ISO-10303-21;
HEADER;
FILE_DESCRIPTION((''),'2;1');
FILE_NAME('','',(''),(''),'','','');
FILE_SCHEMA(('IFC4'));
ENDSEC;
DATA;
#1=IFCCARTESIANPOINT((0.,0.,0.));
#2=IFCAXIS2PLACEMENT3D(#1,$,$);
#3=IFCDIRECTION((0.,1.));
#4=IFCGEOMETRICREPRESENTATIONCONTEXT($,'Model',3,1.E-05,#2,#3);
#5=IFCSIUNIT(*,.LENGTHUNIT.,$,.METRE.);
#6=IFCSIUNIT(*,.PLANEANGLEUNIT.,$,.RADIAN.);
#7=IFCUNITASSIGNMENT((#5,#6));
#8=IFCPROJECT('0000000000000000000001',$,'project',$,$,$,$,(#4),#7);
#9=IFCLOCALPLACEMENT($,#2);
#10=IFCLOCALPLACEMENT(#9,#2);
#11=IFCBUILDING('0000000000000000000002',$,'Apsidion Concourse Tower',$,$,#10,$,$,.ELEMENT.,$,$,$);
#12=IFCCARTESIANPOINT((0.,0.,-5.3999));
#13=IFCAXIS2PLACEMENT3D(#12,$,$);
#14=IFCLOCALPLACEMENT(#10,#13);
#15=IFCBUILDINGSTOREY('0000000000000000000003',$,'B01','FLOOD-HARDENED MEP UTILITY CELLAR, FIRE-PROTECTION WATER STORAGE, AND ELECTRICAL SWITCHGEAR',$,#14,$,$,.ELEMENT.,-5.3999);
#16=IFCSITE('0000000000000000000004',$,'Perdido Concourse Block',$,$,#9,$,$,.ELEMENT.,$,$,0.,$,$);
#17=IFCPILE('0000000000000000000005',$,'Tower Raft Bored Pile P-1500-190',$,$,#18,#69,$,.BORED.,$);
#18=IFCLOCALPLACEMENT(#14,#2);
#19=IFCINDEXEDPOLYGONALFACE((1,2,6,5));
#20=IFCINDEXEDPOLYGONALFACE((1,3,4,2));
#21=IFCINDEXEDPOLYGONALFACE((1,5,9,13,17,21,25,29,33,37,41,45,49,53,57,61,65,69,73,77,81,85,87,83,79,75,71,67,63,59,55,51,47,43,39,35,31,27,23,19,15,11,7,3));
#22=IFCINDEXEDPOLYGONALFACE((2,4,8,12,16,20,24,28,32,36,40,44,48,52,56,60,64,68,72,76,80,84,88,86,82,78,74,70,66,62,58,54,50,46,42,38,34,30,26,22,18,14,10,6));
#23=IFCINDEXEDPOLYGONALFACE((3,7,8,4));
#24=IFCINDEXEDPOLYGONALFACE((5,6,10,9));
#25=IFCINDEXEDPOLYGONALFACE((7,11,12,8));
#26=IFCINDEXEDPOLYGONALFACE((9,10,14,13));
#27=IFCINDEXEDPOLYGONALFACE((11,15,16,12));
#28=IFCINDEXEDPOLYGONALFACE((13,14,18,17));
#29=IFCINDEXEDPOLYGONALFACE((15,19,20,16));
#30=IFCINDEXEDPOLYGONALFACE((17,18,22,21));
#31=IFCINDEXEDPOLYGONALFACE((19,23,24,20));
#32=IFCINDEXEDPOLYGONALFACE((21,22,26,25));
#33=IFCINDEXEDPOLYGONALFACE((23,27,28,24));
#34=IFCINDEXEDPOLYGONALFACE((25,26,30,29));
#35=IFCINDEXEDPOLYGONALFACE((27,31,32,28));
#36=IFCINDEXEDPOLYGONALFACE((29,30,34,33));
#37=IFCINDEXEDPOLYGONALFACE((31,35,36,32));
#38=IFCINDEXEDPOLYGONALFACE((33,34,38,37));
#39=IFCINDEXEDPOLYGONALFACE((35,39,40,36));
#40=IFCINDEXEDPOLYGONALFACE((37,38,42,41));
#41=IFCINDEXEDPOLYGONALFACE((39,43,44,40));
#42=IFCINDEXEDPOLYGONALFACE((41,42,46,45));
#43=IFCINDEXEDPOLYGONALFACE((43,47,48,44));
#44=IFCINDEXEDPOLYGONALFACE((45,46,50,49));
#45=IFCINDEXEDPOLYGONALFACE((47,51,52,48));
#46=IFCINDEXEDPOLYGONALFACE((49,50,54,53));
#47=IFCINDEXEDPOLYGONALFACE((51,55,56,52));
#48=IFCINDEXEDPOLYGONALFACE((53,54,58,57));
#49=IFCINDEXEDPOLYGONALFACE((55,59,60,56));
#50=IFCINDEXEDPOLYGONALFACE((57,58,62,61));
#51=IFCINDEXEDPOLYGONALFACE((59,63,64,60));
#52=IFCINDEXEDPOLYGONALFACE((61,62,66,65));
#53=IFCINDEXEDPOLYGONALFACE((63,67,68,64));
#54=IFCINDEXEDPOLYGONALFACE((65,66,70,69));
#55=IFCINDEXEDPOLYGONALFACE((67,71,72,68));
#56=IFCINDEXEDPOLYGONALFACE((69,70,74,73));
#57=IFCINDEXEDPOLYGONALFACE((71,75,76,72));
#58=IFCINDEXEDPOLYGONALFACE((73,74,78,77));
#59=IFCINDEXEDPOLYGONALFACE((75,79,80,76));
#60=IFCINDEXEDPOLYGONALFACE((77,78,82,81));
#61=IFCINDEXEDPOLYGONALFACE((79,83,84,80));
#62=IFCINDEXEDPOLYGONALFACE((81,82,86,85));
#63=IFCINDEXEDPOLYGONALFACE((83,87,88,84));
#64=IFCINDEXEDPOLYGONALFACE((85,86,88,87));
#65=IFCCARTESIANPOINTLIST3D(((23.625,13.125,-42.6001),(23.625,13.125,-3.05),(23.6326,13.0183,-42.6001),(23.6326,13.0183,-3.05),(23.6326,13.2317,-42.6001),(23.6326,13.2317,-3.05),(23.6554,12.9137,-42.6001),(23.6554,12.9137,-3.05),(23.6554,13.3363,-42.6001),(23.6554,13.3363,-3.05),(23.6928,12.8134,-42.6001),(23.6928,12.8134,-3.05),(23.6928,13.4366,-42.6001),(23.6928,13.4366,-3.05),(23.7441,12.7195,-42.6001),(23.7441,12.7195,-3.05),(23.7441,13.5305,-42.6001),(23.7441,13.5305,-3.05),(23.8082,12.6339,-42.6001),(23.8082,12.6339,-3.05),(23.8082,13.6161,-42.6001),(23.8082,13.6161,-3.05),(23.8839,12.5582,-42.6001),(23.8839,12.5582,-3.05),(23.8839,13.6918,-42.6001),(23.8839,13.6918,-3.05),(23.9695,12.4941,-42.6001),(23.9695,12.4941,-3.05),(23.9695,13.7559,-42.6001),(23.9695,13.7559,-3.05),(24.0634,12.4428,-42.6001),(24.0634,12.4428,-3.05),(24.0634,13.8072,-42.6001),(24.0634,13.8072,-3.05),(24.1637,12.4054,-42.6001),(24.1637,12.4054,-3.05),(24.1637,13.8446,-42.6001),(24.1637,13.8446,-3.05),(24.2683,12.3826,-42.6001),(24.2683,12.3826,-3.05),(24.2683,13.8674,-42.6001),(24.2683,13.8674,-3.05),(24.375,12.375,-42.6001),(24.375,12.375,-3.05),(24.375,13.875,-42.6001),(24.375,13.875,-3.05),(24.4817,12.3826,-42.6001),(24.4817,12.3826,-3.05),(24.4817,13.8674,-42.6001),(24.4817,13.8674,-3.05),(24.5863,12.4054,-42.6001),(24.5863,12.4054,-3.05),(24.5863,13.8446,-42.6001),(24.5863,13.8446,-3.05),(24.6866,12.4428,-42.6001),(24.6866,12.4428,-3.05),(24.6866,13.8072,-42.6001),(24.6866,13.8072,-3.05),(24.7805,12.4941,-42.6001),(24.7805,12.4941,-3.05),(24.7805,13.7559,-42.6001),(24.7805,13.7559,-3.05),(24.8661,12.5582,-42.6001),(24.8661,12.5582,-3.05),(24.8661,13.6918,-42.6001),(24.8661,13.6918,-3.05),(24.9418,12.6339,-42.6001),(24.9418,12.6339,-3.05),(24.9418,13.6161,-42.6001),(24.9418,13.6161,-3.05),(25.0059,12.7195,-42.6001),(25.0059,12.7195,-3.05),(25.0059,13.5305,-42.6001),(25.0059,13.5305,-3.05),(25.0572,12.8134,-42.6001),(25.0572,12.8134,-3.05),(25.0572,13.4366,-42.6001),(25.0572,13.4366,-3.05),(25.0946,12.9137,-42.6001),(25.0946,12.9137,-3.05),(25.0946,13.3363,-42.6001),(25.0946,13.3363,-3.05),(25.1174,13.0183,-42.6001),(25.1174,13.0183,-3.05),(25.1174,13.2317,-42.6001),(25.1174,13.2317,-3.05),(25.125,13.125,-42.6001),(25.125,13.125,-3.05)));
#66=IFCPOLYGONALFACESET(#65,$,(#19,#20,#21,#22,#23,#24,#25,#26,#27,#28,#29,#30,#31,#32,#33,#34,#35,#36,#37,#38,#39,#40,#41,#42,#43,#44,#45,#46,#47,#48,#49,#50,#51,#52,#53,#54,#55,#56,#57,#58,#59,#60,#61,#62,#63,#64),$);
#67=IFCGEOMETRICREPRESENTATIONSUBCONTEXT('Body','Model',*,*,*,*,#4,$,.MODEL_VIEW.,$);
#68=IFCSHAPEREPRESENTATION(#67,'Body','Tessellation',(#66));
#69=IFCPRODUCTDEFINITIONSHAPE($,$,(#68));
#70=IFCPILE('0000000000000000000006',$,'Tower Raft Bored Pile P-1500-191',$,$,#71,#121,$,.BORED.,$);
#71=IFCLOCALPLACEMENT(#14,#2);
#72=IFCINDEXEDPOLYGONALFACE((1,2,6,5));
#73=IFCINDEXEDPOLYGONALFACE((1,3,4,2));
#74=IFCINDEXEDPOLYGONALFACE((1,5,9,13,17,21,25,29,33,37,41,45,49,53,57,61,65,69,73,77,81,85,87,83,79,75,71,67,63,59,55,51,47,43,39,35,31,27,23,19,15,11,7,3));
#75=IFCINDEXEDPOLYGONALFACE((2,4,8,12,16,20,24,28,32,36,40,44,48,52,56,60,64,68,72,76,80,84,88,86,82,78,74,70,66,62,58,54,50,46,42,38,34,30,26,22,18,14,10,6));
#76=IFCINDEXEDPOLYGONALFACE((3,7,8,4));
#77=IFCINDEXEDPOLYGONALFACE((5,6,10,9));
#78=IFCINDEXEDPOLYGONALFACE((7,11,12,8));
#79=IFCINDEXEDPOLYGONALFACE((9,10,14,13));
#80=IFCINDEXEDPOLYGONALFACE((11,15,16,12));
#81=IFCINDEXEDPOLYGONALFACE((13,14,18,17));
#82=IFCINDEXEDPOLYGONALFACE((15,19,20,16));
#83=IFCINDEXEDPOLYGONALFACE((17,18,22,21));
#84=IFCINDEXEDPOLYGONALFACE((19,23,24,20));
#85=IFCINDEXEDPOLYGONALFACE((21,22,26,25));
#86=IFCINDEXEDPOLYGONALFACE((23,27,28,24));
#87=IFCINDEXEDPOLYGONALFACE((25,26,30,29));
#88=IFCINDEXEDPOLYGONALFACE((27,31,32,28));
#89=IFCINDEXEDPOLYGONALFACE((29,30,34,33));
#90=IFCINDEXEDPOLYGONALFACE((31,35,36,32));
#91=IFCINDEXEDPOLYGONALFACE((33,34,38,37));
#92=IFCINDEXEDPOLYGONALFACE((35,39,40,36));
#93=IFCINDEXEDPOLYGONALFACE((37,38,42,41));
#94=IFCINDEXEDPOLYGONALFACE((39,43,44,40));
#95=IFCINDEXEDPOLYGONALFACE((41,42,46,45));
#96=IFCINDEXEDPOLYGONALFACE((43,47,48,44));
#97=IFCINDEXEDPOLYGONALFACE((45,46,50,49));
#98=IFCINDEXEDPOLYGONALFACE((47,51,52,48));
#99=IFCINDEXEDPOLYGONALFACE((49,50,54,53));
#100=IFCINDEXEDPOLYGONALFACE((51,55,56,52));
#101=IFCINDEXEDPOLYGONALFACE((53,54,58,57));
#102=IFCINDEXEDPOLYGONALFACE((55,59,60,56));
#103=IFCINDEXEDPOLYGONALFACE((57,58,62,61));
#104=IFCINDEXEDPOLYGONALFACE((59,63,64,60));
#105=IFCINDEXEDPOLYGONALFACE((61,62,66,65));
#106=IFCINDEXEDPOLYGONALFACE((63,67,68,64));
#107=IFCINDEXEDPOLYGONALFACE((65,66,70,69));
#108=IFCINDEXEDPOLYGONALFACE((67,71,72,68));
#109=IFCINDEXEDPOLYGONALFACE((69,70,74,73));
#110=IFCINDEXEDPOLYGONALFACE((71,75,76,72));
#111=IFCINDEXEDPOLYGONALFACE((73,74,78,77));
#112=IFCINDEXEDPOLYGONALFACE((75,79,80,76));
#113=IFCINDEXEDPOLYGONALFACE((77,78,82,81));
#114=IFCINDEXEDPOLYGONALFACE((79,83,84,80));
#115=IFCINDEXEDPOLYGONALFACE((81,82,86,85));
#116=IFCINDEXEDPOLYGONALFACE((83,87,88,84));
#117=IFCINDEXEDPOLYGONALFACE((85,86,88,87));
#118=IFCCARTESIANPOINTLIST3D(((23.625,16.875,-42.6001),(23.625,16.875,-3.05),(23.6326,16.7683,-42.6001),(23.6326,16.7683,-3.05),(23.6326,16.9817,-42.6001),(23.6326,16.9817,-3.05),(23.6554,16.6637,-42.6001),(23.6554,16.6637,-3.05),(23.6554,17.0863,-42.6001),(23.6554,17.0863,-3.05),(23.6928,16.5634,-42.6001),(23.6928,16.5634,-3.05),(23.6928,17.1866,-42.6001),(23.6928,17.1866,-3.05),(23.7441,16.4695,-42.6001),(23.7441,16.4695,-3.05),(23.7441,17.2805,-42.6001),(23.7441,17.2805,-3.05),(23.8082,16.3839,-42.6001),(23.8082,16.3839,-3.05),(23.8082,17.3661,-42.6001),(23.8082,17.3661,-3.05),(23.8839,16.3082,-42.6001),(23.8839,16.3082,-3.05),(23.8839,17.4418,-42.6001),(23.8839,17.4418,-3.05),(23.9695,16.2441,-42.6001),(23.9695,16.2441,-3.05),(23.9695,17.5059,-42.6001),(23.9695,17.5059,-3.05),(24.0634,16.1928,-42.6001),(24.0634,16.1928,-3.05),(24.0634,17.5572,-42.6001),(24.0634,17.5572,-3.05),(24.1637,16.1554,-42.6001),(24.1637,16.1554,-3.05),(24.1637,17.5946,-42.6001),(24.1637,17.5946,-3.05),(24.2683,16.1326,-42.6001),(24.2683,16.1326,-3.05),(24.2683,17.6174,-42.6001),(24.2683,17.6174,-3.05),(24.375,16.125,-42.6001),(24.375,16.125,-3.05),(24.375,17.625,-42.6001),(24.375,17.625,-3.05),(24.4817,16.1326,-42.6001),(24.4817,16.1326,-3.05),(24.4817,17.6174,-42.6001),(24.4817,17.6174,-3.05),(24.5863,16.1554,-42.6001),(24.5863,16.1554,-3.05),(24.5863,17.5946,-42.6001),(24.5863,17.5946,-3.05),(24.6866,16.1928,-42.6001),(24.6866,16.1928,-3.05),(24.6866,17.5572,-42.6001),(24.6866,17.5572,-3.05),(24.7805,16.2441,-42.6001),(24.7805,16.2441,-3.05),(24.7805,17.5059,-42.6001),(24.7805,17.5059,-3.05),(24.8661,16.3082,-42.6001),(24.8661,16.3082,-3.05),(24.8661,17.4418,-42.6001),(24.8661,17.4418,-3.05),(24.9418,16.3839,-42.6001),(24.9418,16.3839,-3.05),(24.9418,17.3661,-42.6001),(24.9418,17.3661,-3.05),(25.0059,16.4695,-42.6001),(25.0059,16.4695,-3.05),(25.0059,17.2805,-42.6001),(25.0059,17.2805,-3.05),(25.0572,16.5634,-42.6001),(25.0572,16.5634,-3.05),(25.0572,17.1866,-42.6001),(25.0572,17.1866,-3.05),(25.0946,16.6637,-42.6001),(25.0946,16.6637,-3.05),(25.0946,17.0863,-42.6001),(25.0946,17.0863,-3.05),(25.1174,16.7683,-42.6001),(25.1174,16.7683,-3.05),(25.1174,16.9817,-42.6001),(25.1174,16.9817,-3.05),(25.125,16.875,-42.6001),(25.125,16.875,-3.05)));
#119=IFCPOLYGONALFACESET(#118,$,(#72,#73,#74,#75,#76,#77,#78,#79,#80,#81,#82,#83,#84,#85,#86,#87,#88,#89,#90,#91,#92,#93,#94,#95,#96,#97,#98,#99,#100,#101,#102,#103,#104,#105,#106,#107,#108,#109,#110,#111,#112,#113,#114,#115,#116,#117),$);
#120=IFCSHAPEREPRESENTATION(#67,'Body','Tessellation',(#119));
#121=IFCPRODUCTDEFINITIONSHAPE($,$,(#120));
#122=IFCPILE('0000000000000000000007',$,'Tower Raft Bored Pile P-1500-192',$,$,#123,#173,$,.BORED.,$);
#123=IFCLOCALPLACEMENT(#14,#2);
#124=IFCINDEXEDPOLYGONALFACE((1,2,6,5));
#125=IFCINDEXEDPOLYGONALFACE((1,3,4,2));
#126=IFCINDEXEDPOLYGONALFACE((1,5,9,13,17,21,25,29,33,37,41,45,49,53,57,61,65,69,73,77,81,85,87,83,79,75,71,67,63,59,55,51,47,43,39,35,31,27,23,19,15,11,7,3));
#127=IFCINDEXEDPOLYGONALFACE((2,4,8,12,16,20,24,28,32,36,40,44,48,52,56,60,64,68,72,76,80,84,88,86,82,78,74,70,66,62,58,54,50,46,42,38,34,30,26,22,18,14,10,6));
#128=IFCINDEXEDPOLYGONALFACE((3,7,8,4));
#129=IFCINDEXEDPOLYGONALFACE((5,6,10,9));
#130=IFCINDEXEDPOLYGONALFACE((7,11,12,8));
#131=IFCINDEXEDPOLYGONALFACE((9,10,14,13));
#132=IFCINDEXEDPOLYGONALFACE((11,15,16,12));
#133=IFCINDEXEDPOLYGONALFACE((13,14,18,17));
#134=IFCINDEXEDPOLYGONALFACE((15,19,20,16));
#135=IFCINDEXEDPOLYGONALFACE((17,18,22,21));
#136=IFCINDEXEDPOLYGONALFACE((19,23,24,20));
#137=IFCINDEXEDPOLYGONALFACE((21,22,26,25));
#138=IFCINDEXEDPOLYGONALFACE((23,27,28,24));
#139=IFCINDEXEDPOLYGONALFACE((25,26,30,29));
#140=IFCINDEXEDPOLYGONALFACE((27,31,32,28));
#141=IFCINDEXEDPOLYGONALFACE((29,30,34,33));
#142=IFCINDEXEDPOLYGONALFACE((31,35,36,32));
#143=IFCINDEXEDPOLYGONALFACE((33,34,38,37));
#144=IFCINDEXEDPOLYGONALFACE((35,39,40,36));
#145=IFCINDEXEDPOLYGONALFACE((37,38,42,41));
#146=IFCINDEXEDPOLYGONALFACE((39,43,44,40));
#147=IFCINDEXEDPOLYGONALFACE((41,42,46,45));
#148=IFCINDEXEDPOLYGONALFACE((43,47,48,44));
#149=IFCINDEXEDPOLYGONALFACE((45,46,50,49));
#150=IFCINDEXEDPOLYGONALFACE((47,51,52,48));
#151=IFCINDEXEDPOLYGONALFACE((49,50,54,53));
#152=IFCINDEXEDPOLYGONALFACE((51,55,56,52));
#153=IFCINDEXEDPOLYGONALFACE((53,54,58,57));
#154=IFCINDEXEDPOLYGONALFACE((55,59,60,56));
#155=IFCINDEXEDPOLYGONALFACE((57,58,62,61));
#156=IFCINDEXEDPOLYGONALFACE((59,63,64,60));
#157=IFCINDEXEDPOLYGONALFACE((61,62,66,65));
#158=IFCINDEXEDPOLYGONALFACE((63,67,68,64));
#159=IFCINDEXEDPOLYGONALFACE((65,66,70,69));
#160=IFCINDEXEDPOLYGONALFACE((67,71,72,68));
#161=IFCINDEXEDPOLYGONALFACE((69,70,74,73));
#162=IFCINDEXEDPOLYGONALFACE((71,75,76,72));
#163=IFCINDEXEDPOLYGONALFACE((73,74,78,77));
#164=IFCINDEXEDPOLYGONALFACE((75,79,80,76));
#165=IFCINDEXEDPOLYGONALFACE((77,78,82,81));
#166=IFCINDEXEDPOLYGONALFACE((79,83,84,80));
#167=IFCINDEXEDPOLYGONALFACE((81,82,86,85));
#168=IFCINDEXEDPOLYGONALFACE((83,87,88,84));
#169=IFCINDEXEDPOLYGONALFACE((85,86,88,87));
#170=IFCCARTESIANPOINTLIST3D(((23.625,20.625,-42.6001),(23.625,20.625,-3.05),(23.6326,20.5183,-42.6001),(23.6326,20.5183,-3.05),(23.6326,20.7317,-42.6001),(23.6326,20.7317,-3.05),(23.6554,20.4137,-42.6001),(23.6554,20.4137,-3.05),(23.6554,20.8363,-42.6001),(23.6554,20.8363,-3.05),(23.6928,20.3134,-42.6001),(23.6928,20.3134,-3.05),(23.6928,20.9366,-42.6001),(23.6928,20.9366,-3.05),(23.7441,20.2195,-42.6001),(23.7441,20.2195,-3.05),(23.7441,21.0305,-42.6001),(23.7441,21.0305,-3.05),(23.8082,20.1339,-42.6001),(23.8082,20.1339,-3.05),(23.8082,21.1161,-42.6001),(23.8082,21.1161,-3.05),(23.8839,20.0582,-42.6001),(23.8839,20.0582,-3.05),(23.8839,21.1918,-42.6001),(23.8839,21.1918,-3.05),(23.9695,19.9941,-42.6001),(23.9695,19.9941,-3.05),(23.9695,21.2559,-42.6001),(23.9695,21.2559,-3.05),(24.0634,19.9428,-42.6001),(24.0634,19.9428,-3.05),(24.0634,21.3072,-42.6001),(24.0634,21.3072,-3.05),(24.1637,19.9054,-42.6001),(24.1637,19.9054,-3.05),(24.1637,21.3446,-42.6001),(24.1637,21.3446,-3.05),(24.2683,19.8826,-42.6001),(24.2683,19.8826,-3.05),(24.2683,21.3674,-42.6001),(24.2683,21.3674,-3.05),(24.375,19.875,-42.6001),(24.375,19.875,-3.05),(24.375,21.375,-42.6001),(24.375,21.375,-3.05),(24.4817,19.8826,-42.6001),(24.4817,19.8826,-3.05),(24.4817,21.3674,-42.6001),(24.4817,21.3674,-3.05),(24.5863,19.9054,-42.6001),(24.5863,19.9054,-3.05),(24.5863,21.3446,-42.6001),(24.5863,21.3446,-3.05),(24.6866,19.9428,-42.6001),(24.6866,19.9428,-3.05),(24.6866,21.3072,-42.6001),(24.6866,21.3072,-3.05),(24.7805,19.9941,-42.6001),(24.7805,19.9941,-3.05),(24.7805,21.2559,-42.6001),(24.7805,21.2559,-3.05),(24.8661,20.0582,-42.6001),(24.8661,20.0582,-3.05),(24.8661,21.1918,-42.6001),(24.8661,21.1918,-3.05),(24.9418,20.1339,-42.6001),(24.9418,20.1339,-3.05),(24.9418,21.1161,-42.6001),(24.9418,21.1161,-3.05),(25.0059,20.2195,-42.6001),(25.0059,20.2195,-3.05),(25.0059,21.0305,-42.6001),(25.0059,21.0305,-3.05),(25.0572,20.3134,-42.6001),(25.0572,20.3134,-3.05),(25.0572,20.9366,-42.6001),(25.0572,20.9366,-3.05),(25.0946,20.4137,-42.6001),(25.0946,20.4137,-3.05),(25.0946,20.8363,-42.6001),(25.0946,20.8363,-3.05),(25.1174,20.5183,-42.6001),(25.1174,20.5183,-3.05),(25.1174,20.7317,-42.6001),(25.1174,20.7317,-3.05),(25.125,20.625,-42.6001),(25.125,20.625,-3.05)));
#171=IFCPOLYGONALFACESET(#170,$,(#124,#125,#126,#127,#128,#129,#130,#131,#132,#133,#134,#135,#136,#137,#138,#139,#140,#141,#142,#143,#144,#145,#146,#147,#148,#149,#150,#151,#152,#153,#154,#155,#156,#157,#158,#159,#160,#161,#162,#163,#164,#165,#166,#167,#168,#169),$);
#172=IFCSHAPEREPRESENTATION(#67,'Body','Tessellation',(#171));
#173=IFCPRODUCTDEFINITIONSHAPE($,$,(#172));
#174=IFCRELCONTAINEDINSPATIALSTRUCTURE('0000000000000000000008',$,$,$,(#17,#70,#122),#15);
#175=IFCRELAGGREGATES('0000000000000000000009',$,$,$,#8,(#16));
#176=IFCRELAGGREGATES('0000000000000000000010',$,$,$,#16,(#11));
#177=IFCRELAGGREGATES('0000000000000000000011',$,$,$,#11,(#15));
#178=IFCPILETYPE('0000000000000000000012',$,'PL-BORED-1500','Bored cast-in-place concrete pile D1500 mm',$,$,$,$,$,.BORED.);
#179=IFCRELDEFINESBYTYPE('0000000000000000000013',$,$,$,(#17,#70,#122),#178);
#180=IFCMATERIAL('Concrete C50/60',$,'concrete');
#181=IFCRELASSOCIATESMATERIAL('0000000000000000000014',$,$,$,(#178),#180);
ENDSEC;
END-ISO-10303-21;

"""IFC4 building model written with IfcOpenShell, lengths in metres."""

from ifc_helpers import new_model, si_unit, direction, frame, origin, origin_2d, place, context, subcontext, project, spatial, circle, extrude, material, material_profile, profile_set, type_object, element, save


model = new_model("IFC4")

# Units and contexts
model_context = context("Model", 3, precision=1e-05, world=origin(), true_north=direction((0.0, 1.0)))
body_context = subcontext(model_context, "Body", "Model", "MODEL_VIEW")
ifc_project = project(units=[si_unit("LENGTHUNIT", "METRE"), si_unit("PLANEANGLEUNIT", "RADIAN")], contexts=[model_context])

# Site, building, storey
site_placement = place(None, origin())
site = spatial("IfcSite", under=ifc_project, at=site_placement, Name="Perdido Concourse Block", CompositionType="ELEMENT", RefElevation=0.0)
building_placement = place(site_placement, origin())
building = spatial("IfcBuilding", under=site, at=building_placement, Name="Apsidion Concourse Tower", CompositionType="ELEMENT")
storey_placement = place(building_placement, frame((0.0, 0.0, -5.3999)))
storey = spatial("IfcBuildingStorey", under=building, at=storey_placement, Name="B01", Description="FLOOD-HARDENED MEP UTILITY CELLAR, FIRE-PROTECTION WATER STORAGE, AND ELECTRICAL SWITCHGEAR", CompositionType="ELEMENT", Elevation=-5.3999)

# Shared definitions
ifc_material_1 = material(Name="Concrete C50/60", Category="concrete")

# Piles
ifc_material_profile_1 = material_profile(ifc_material_1, circle(Radius=0.75, at=origin_2d()), Name="BORED PILE D1500")
ifc_profile_set_1 = profile_set([ifc_material_profile_1], Name="Concrete C50/60")
pile_type_1 = type_object("IfcPileType", Name="PL-BORED-1500", Description="Bored cast-in-place concrete pile D1500 mm", PredefinedType="BORED", material=ifc_profile_set_1)
for number, where, z_axis, x_axis, name in (
    (1, (24.375, 13.125, -3.05), (0.0, 0.0, -1.0), (1.0, 0.0, 0.0), "Tower Raft Bored Pile P-1500-190"),
    (2, (24.375, 16.875, -3.05), (0.0, 0.0, -1.0), (1.0, 0.0, 0.0), "Tower Raft Bored Pile P-1500-191"),
    (3, (24.375, 20.625, -3.05), (0.0, 0.0, -1.0), (1.0, 0.0, 0.0), "Tower Raft Bored Pile P-1500-192"),
):
    element("IfcPile", number, at=place(storey_placement, frame(where, z_axis=z_axis, x_axis=x_axis)), inside=storey, type_object=pile_type_1, Name=name, PredefinedType="BORED", context=body_context, shape_type="SweptSolid", body=[
        extrude(circle(Radius=0.75, at=origin_2d()), origin(), (0.0, 0.0, 1.0), 39.55),
    ])

save(model, "model.ifc")
